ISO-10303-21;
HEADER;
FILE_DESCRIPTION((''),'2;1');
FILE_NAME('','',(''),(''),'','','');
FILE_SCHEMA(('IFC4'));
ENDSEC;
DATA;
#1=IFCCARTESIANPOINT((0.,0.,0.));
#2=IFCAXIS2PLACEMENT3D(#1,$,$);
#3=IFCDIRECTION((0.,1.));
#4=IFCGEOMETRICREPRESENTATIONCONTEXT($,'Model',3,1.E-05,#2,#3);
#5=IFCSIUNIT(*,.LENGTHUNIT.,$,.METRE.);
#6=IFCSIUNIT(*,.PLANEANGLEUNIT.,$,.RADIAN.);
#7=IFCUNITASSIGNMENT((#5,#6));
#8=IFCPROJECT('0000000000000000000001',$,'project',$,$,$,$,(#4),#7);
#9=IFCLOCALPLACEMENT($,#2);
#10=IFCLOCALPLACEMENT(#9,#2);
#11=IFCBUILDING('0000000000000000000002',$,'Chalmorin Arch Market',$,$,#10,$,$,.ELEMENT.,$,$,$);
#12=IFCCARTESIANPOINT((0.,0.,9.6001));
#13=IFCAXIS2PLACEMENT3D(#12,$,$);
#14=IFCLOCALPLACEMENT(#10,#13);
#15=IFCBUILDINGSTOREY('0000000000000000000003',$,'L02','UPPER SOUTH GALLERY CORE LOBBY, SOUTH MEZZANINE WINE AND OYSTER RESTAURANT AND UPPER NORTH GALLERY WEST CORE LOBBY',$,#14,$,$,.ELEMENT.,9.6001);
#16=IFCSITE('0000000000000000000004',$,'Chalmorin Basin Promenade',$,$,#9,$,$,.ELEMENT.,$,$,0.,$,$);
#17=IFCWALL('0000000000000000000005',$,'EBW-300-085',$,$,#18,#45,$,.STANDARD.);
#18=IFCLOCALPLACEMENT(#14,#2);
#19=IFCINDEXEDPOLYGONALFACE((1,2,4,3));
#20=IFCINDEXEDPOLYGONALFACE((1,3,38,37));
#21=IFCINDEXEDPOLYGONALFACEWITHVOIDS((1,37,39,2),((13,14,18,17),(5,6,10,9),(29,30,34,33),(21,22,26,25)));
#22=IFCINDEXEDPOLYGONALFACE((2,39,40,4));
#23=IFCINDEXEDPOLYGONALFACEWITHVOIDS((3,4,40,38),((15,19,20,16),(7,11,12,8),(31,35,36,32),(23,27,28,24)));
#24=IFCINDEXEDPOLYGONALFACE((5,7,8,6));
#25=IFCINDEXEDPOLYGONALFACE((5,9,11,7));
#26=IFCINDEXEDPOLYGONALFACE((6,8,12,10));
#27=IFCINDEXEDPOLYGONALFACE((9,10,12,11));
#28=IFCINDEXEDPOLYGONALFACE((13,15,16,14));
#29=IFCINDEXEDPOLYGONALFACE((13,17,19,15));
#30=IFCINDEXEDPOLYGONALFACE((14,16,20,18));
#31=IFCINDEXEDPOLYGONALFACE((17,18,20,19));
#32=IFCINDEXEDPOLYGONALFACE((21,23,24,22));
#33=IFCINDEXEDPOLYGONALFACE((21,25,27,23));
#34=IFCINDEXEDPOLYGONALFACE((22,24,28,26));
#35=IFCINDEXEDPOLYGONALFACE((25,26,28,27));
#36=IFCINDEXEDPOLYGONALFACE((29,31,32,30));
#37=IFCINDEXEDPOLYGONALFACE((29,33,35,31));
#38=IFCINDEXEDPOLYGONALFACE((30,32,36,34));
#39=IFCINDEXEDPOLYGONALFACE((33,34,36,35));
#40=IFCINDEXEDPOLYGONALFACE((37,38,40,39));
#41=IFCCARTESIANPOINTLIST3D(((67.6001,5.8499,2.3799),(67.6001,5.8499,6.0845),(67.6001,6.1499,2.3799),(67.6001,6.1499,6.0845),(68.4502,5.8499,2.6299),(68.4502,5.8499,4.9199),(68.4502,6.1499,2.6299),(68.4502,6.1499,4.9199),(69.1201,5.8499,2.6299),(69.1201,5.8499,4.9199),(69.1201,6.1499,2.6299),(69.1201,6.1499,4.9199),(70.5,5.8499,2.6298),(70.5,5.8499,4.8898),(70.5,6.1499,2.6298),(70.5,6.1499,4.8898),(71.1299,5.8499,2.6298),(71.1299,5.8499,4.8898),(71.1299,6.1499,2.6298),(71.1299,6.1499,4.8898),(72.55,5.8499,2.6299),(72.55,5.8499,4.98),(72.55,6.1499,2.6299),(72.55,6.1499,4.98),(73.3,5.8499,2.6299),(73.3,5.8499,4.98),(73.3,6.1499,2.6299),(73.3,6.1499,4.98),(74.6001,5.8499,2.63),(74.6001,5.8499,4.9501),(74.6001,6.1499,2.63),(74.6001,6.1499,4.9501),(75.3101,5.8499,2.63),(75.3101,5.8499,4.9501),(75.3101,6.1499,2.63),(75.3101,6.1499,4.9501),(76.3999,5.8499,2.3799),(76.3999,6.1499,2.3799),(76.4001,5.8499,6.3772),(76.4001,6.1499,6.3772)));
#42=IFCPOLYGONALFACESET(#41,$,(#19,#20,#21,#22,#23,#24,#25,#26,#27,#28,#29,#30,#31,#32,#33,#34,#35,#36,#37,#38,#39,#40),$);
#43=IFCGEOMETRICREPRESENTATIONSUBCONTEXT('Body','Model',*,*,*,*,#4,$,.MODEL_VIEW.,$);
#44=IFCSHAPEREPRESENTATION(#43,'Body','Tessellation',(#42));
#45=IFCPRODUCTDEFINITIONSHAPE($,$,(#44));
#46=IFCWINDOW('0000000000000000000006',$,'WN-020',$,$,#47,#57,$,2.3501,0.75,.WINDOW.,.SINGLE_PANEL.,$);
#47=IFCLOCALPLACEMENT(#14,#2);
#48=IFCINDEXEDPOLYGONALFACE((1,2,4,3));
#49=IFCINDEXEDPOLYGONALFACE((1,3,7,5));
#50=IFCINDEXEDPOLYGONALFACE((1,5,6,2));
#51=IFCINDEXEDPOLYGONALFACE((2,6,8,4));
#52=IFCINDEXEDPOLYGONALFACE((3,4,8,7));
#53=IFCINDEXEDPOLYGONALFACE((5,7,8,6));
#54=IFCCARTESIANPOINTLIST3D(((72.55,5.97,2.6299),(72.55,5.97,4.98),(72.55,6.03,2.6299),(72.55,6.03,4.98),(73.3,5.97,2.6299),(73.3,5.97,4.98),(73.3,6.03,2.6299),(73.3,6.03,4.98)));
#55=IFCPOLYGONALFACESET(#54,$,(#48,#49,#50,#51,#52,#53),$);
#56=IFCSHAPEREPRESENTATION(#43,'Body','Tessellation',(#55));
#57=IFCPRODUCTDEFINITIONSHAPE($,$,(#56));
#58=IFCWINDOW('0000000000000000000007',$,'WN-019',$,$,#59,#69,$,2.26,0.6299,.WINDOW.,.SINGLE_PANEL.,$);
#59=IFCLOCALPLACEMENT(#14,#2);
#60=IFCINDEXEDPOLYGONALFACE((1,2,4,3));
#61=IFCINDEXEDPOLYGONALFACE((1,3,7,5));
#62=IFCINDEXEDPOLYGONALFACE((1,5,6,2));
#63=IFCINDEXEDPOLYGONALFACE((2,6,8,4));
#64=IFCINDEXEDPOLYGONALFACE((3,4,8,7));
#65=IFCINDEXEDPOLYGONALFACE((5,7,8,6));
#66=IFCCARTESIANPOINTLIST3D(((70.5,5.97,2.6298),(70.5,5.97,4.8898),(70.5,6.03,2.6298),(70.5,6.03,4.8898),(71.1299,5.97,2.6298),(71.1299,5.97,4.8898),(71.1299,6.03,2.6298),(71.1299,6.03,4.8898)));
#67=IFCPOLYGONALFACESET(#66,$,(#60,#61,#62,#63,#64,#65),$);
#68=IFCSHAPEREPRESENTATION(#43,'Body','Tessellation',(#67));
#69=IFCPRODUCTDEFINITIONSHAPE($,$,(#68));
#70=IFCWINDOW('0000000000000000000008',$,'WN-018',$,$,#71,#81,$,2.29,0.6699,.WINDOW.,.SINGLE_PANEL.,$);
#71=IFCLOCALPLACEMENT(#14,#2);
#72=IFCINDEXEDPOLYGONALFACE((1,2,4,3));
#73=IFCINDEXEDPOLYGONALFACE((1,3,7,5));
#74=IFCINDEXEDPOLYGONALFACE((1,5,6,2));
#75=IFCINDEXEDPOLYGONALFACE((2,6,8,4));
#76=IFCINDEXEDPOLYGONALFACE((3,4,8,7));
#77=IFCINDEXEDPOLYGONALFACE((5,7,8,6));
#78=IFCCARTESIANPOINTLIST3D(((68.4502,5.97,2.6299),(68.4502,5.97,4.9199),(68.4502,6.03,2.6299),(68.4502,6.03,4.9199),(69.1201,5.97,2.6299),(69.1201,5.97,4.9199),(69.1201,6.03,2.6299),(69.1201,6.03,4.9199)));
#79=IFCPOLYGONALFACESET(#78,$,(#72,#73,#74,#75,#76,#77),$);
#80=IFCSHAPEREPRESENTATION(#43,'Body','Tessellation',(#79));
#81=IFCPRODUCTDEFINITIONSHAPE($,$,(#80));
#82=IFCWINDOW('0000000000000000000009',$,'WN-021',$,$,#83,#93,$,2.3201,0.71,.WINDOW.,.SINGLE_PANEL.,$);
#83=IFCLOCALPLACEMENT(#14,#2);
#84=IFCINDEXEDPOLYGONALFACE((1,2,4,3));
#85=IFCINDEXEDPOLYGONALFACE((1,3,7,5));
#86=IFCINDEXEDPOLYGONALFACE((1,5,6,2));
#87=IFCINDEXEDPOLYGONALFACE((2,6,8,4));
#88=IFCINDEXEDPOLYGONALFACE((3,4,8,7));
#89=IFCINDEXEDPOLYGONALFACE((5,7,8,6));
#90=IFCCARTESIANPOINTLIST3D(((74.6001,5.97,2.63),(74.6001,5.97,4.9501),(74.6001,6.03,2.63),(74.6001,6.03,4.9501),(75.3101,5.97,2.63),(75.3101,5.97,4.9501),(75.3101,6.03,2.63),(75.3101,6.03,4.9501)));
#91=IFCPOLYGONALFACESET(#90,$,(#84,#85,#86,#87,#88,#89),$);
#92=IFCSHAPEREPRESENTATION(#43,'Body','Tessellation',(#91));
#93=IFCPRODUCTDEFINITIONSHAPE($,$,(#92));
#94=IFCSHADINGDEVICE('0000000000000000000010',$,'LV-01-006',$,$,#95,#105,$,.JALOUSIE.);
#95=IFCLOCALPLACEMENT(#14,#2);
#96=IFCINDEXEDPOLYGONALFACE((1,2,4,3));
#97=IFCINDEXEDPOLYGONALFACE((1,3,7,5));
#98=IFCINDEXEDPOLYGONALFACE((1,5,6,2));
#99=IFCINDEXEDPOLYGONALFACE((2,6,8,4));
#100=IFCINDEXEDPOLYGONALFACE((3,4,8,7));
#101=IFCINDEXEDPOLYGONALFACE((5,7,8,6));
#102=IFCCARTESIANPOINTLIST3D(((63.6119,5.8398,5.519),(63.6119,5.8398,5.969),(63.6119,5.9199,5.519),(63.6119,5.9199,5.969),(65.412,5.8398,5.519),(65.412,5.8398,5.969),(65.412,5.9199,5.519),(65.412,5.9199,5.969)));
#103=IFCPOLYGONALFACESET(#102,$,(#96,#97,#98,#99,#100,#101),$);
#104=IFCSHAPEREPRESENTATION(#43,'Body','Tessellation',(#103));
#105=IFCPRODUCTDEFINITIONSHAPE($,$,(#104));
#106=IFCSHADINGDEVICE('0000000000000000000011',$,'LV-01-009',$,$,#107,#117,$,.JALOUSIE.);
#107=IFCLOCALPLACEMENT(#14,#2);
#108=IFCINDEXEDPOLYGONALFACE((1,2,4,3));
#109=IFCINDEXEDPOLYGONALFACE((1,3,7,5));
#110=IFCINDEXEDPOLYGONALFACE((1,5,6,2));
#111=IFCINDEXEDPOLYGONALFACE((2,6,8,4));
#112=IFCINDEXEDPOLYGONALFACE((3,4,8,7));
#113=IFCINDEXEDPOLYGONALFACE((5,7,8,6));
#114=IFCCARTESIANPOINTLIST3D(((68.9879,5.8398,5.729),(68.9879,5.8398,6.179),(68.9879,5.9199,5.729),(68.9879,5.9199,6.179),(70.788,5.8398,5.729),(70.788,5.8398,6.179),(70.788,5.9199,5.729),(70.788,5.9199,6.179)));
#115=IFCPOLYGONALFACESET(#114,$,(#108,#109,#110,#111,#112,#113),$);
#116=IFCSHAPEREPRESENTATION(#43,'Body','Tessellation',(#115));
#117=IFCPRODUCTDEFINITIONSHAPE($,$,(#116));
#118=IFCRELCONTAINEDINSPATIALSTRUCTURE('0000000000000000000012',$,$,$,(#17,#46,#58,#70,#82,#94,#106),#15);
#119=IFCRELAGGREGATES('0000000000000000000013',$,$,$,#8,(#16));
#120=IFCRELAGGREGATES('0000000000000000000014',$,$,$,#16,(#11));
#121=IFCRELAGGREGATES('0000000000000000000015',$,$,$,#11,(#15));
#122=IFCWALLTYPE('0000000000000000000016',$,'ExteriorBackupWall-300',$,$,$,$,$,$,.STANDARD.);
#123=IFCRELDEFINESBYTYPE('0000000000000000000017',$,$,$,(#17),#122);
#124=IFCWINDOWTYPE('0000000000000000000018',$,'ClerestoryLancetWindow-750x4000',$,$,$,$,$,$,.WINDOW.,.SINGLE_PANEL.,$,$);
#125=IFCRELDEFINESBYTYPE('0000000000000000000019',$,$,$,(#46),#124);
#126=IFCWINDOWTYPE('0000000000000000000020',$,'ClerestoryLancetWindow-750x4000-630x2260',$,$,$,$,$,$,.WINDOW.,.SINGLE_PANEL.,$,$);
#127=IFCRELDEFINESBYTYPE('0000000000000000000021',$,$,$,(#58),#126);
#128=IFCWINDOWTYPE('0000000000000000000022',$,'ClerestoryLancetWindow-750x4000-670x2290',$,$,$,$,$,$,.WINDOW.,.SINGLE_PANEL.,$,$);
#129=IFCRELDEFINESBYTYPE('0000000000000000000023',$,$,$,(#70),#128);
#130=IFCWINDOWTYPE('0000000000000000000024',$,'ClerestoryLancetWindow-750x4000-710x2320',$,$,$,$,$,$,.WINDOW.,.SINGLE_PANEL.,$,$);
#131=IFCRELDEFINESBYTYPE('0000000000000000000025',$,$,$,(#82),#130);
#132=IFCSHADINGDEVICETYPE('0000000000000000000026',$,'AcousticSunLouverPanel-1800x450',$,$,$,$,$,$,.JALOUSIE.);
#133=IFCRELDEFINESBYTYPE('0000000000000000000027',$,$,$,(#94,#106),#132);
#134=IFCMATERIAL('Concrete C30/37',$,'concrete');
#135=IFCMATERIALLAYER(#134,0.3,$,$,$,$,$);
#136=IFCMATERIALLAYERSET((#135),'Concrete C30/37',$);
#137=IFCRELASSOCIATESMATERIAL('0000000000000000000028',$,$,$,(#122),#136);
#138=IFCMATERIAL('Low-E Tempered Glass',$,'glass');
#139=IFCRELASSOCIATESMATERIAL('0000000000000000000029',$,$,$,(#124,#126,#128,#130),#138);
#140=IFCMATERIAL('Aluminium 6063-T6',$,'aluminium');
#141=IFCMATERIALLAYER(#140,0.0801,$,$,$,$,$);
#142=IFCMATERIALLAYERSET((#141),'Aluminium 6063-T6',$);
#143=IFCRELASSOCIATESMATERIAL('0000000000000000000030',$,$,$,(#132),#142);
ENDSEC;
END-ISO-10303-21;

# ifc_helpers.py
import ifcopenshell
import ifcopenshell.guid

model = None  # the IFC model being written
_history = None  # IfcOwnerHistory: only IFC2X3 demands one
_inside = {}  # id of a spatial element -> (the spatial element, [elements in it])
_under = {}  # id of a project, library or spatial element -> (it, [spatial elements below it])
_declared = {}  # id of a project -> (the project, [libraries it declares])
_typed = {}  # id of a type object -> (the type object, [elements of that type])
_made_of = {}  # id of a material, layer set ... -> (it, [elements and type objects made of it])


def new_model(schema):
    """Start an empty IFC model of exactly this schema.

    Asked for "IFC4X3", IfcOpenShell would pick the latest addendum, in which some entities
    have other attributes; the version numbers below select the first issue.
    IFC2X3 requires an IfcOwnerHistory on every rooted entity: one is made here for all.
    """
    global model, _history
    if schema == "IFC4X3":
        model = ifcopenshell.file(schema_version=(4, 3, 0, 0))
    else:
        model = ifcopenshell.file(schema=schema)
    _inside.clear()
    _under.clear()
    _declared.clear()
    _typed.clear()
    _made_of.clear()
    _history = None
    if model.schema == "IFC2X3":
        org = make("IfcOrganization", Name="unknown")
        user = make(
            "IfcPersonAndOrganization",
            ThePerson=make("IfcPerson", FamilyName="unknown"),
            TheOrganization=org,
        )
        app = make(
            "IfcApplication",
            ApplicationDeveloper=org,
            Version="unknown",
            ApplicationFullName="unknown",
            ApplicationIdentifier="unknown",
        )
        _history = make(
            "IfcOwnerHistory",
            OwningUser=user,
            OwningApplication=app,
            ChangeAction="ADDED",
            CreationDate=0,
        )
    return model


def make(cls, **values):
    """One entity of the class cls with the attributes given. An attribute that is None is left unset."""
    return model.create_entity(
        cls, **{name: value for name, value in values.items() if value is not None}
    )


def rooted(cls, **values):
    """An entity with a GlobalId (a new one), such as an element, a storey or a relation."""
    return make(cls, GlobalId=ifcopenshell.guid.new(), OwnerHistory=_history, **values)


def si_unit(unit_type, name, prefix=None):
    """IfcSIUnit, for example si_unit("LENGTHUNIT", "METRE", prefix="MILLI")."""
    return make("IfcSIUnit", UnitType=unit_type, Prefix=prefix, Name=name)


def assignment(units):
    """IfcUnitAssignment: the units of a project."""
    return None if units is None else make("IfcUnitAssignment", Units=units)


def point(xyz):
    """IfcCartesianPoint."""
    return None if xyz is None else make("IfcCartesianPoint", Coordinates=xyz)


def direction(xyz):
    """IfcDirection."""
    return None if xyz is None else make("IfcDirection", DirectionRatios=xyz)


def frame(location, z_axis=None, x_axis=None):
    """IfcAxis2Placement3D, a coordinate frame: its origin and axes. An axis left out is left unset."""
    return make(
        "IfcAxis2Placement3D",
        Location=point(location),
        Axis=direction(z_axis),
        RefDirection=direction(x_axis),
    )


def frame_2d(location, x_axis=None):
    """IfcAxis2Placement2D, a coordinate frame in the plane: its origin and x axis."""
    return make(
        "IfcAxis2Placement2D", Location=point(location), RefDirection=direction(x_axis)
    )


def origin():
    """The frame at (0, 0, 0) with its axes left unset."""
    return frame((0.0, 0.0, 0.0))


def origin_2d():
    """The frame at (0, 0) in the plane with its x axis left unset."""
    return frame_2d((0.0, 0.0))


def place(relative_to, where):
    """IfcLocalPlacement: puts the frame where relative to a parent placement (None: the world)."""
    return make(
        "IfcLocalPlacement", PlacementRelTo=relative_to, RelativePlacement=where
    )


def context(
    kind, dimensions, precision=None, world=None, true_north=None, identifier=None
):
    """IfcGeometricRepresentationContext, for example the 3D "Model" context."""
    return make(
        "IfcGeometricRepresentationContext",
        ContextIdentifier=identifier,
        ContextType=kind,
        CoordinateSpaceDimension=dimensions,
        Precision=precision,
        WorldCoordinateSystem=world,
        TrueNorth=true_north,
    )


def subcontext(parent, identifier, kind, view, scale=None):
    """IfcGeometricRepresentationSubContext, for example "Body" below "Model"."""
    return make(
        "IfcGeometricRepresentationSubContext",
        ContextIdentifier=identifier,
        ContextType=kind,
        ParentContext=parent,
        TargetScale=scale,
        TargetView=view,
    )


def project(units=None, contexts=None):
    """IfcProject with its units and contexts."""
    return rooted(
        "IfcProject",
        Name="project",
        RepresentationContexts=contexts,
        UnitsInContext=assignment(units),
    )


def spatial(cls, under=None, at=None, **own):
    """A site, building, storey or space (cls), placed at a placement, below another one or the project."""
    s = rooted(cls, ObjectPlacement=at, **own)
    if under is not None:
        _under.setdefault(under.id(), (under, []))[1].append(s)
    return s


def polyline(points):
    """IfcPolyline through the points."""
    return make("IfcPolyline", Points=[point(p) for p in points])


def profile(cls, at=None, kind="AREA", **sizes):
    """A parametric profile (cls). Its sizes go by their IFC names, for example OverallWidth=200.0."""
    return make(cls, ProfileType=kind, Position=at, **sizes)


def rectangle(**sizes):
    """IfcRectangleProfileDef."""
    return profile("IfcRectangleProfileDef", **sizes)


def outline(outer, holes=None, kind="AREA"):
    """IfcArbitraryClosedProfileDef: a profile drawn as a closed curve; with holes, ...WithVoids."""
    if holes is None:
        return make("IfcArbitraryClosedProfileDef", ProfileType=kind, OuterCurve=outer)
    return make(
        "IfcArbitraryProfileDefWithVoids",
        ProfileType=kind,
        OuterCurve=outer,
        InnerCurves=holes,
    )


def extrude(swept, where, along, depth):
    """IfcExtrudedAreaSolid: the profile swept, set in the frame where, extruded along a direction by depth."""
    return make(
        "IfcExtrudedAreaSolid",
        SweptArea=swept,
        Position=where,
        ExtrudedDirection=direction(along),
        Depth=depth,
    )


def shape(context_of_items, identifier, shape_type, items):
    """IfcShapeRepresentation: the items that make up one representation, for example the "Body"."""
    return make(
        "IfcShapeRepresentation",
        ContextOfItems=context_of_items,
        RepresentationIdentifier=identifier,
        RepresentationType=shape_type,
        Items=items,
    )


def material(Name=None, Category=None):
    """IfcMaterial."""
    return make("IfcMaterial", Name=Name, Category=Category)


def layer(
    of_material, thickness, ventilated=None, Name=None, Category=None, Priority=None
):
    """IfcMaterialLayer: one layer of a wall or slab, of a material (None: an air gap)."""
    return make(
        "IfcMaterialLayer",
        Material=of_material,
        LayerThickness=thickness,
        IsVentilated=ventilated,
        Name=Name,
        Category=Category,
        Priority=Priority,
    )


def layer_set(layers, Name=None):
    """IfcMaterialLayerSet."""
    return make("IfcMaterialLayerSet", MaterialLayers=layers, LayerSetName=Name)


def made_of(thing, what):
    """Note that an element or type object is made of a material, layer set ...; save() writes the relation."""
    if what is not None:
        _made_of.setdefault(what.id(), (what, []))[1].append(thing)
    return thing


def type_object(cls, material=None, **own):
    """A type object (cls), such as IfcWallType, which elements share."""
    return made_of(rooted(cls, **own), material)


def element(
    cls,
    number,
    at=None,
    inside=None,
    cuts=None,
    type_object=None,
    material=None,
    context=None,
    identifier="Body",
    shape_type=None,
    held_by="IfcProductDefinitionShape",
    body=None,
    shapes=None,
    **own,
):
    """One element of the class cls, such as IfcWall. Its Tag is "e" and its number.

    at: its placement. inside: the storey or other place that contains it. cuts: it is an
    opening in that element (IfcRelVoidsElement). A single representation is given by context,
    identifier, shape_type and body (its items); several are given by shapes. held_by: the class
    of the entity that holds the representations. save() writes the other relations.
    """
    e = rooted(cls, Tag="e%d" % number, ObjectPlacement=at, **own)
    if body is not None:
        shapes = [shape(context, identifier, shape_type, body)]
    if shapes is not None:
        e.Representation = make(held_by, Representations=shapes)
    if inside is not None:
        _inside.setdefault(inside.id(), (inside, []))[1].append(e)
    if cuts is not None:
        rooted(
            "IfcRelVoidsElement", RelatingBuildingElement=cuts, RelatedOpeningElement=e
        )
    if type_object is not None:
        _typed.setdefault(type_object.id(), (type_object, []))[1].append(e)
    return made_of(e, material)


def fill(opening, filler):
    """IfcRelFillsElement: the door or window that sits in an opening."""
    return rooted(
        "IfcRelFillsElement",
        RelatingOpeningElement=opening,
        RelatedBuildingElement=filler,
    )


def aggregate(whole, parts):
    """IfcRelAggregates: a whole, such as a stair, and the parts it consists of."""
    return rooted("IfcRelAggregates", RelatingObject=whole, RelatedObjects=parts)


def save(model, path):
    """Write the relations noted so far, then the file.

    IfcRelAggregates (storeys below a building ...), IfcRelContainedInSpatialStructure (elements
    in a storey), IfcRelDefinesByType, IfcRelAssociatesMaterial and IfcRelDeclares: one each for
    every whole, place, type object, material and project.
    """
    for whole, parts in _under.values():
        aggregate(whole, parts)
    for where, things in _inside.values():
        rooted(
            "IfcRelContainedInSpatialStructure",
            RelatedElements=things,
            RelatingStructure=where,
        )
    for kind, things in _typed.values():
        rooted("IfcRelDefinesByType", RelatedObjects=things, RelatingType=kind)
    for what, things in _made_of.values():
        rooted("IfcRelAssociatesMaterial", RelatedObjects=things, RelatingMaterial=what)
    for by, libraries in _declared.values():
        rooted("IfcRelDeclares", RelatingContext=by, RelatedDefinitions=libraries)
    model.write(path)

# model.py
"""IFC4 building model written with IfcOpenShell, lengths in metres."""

from ifc_helpers import new_model, si_unit, direction, frame, frame_2d, origin, origin_2d, place, context, subcontext, project, spatial, polyline, rectangle, outline, extrude, material, layer, layer_set, type_object, element, fill, save


model = new_model("IFC4")

# Units and contexts
model_context = context("Model", 3, precision=1e-05, world=origin(), true_north=direction((0.0, 1.0)))
body_context = subcontext(model_context, "Body", "Model", "MODEL_VIEW")
ifc_project = project(units=[si_unit("LENGTHUNIT", "METRE"), si_unit("PLANEANGLEUNIT", "RADIAN")], contexts=[model_context])

# Site, building, storey
site_placement = place(None, origin())
site = spatial("IfcSite", under=ifc_project, at=site_placement, Name="Chalmorin Basin Promenade", CompositionType="ELEMENT", RefElevation=0.0)
building_placement = place(site_placement, origin())
building = spatial("IfcBuilding", under=site, at=building_placement, Name="Chalmorin Arch Market", CompositionType="ELEMENT")
storey_placement = place(building_placement, frame((0.0, 0.0, 9.6001)))
storey = spatial("IfcBuildingStorey", under=building, at=storey_placement, Name="L02", Description="UPPER SOUTH GALLERY CORE LOBBY, SOUTH MEZZANINE WINE AND OYSTER RESTAURANT AND UPPER NORTH GALLERY WEST CORE LOBBY", CompositionType="ELEMENT", Elevation=9.6001)

# Shared definitions
ifc_material_1 = material(Name="Aluminium 6063-T6", Category="aluminium")

# Shared definitions
ifc_material_2 = material(Name="Concrete C30/37", Category="concrete")
ifc_layer_1 = layer(ifc_material_2, 0.3)
ifc_layer_set_1 = layer_set([ifc_layer_1], Name="Concrete C30/37")
wall_type = type_object("IfcWallType", Name="ExteriorBackupWall-300", PredefinedType="STANDARD", material=ifc_layer_set_1)

# Wall, openings, windows
wall_1_placement = place(storey_placement, frame((67.6001, 6.0, 2.3799), z_axis=(0.0, 0.0, 1.0), x_axis=(1.0, 0.0, 0.0)))
wall_1 = element("IfcWall", 1, at=wall_1_placement, inside=storey, type_object=wall_type, Name="EBW-300-085", PredefinedType="STANDARD", context=body_context, shape_type="SweptSolid", body=[
    extrude(outline(polyline([(0.0, 0.0), (8.7998, 0.0), (8.8, 3.9973), (0.0, 3.7046), (0.0, 0.0)])), frame((0.0, 0.1499, 0.0), z_axis=(0.0, -1.0, 0.0), x_axis=(1.0, 0.0, 0.0)), (0.0, 0.0, 1.0), 0.3),
])
opening_1_placement = place(wall_1_placement, frame((0.8501, 0.0, 0.25)))
opening_1 = element("IfcOpeningElement", 2, at=opening_1_placement, cuts=wall_1, PredefinedType="OPENING", context=body_context, shape_type="SweptSolid", body=[
    extrude(rectangle(XDim=0.6699, YDim=2.29, at=frame_2d((0.335, 1.145))), frame((0.0, 0.1599, 0.0), z_axis=(0.0, -1.0, 0.0), x_axis=(1.0, 0.0, 0.0)), (0.0, 0.0, 1.0), 0.3201),
])
opening_2_placement = place(wall_1_placement, frame((2.8999, 0.0, 0.25)))
opening_2 = element("IfcOpeningElement", 3, at=opening_2_placement, cuts=wall_1, PredefinedType="OPENING", context=body_context, shape_type="SweptSolid", body=[
    extrude(rectangle(XDim=0.6299, YDim=2.26, at=frame_2d((0.3149, 1.1299))), frame((0.0, 0.1599, 0.0), z_axis=(0.0, -1.0, 0.0), x_axis=(1.0, 0.0, 0.0)), (0.0, 0.0, 1.0), 0.3201),
])
opening_3_placement = place(wall_1_placement, frame((4.95, 0.0, 0.25)))
opening_3 = element("IfcOpeningElement", 4, at=opening_3_placement, cuts=wall_1, PredefinedType="OPENING", context=body_context, shape_type="SweptSolid", body=[
    extrude(rectangle(XDim=0.75, YDim=2.3501, at=frame_2d((0.375, 1.175))), frame((0.0, 0.1599, 0.0), z_axis=(0.0, -1.0, 0.0), x_axis=(1.0, 0.0, 0.0)), (0.0, 0.0, 1.0), 0.3201),
])
opening_4_placement = place(wall_1_placement, frame((7.0, 0.0, 0.25)))
opening_4 = element("IfcOpeningElement", 5, at=opening_4_placement, cuts=wall_1, PredefinedType="OPENING", context=body_context, shape_type="SweptSolid", body=[
    extrude(rectangle(XDim=0.71, YDim=2.3201, at=frame_2d((0.355, 1.1602))), frame((0.0, 0.1599, 0.0), z_axis=(0.0, -1.0, 0.0), x_axis=(1.0, 0.0, 0.0)), (0.0, 0.0, 1.0), 0.3201),
])
ifc_material_3 = material(Name="Low-E Tempered Glass", Category="glass")
window_type_1 = type_object("IfcWindowType", Name="ClerestoryLancetWindow-750x4000", PartitioningType="SINGLE_PANEL", PredefinedType="WINDOW", material=ifc_material_3)
window_1_placement = place(opening_3_placement, origin())
window_1 = element("IfcWindow", 6, at=window_1_placement, inside=storey, type_object=window_type_1, Name="WN-020", OverallHeight=2.3501, OverallWidth=0.75, PartitioningType="SINGLE_PANEL", PredefinedType="WINDOW", context=body_context, shape_type="SweptSolid", body=[
    extrude(rectangle(XDim=0.75, YDim=2.3501, at=frame_2d((0.375, 1.175))), frame((0.0, 0.03, 0.0), z_axis=(0.0, -1.0, 0.0), x_axis=(1.0, 0.0, 0.0)), (0.0, 0.0, 1.0), 0.0601),
])
fill(opening_3, window_1)
window_type_2 = type_object("IfcWindowType", Name="ClerestoryLancetWindow-750x4000-630x2260", PartitioningType="SINGLE_PANEL", PredefinedType="WINDOW", material=ifc_material_3)
window_2_placement = place(opening_2_placement, origin())
window_2 = element("IfcWindow", 7, at=window_2_placement, inside=storey, type_object=window_type_2, Name="WN-019", OverallHeight=2.26, OverallWidth=0.6299, PartitioningType="SINGLE_PANEL", PredefinedType="WINDOW", context=body_context, shape_type="SweptSolid", body=[
    extrude(rectangle(XDim=0.6299, YDim=2.26, at=frame_2d((0.3149, 1.1299))), frame((0.0, 0.03, 0.0), z_axis=(0.0, -1.0, 0.0), x_axis=(1.0, 0.0, 0.0)), (0.0, 0.0, 1.0), 0.0601),
])
fill(opening_2, window_2)
window_type_3 = type_object("IfcWindowType", Name="ClerestoryLancetWindow-750x4000-670x2290", PartitioningType="SINGLE_PANEL", PredefinedType="WINDOW", material=ifc_material_3)
window_3_placement = place(opening_1_placement, origin())
window_3 = element("IfcWindow", 8, at=window_3_placement, inside=storey, type_object=window_type_3, Name="WN-018", OverallHeight=2.29, OverallWidth=0.6699, PartitioningType="SINGLE_PANEL", PredefinedType="WINDOW", context=body_context, shape_type="SweptSolid", body=[
    extrude(rectangle(XDim=0.6699, YDim=2.29, at=frame_2d((0.335, 1.145))), frame((0.0, 0.03, 0.0), z_axis=(0.0, -1.0, 0.0), x_axis=(1.0, 0.0, 0.0)), (0.0, 0.0, 1.0), 0.0601),
])
fill(opening_1, window_3)
window_type_4 = type_object("IfcWindowType", Name="ClerestoryLancetWindow-750x4000-710x2320", PartitioningType="SINGLE_PANEL", PredefinedType="WINDOW", material=ifc_material_3)
window_4_placement = place(opening_4_placement, origin())
window_4 = element("IfcWindow", 9, at=window_4_placement, inside=storey, type_object=window_type_4, Name="WN-021", OverallHeight=2.3201, OverallWidth=0.71, PartitioningType="SINGLE_PANEL", PredefinedType="WINDOW", context=body_context, shape_type="SweptSolid", body=[
    extrude(rectangle(XDim=0.71, YDim=2.3201, at=frame_2d((0.355, 1.1602))), frame((0.0, 0.03, 0.0), z_axis=(0.0, -1.0, 0.0), x_axis=(1.0, 0.0, 0.0)), (0.0, 0.0, 1.0), 0.0601),
])
fill(opening_4, window_4)

# Shading devices
ifc_layer_2 = layer(ifc_material_1, 0.0801)
ifc_layer_set_2 = layer_set([ifc_layer_2], Name="Aluminium 6063-T6")
shading_device_type = type_object("IfcShadingDeviceType", Name="AcousticSunLouverPanel-1800x450", PredefinedType="JALOUSIE", material=ifc_layer_set_2)
for number, where, z_axis, x_axis, name in (
    (10, (64.512, 5.8799, 5.519), (0.0, 0.0, 1.0), (1.0, 0.0, 0.0), "LV-01-006"),
    (11, (69.8879, 5.8799, 5.729), (0.0, 0.0, 1.0), (1.0, 0.0, 0.0), "LV-01-009"),
):
    element("IfcShadingDevice", number, at=place(storey_placement, frame(where, z_axis=z_axis, x_axis=x_axis)), inside=storey, type_object=shading_device_type, Name=name, PredefinedType="JALOUSIE", context=body_context, shape_type="SweptSolid", body=[
        extrude(rectangle(XDim=1.8, YDim=0.0801, at=origin_2d()), origin(), (0.0, 0.0, 1.0), 0.45),
    ])

save(model, "model.ifc")
